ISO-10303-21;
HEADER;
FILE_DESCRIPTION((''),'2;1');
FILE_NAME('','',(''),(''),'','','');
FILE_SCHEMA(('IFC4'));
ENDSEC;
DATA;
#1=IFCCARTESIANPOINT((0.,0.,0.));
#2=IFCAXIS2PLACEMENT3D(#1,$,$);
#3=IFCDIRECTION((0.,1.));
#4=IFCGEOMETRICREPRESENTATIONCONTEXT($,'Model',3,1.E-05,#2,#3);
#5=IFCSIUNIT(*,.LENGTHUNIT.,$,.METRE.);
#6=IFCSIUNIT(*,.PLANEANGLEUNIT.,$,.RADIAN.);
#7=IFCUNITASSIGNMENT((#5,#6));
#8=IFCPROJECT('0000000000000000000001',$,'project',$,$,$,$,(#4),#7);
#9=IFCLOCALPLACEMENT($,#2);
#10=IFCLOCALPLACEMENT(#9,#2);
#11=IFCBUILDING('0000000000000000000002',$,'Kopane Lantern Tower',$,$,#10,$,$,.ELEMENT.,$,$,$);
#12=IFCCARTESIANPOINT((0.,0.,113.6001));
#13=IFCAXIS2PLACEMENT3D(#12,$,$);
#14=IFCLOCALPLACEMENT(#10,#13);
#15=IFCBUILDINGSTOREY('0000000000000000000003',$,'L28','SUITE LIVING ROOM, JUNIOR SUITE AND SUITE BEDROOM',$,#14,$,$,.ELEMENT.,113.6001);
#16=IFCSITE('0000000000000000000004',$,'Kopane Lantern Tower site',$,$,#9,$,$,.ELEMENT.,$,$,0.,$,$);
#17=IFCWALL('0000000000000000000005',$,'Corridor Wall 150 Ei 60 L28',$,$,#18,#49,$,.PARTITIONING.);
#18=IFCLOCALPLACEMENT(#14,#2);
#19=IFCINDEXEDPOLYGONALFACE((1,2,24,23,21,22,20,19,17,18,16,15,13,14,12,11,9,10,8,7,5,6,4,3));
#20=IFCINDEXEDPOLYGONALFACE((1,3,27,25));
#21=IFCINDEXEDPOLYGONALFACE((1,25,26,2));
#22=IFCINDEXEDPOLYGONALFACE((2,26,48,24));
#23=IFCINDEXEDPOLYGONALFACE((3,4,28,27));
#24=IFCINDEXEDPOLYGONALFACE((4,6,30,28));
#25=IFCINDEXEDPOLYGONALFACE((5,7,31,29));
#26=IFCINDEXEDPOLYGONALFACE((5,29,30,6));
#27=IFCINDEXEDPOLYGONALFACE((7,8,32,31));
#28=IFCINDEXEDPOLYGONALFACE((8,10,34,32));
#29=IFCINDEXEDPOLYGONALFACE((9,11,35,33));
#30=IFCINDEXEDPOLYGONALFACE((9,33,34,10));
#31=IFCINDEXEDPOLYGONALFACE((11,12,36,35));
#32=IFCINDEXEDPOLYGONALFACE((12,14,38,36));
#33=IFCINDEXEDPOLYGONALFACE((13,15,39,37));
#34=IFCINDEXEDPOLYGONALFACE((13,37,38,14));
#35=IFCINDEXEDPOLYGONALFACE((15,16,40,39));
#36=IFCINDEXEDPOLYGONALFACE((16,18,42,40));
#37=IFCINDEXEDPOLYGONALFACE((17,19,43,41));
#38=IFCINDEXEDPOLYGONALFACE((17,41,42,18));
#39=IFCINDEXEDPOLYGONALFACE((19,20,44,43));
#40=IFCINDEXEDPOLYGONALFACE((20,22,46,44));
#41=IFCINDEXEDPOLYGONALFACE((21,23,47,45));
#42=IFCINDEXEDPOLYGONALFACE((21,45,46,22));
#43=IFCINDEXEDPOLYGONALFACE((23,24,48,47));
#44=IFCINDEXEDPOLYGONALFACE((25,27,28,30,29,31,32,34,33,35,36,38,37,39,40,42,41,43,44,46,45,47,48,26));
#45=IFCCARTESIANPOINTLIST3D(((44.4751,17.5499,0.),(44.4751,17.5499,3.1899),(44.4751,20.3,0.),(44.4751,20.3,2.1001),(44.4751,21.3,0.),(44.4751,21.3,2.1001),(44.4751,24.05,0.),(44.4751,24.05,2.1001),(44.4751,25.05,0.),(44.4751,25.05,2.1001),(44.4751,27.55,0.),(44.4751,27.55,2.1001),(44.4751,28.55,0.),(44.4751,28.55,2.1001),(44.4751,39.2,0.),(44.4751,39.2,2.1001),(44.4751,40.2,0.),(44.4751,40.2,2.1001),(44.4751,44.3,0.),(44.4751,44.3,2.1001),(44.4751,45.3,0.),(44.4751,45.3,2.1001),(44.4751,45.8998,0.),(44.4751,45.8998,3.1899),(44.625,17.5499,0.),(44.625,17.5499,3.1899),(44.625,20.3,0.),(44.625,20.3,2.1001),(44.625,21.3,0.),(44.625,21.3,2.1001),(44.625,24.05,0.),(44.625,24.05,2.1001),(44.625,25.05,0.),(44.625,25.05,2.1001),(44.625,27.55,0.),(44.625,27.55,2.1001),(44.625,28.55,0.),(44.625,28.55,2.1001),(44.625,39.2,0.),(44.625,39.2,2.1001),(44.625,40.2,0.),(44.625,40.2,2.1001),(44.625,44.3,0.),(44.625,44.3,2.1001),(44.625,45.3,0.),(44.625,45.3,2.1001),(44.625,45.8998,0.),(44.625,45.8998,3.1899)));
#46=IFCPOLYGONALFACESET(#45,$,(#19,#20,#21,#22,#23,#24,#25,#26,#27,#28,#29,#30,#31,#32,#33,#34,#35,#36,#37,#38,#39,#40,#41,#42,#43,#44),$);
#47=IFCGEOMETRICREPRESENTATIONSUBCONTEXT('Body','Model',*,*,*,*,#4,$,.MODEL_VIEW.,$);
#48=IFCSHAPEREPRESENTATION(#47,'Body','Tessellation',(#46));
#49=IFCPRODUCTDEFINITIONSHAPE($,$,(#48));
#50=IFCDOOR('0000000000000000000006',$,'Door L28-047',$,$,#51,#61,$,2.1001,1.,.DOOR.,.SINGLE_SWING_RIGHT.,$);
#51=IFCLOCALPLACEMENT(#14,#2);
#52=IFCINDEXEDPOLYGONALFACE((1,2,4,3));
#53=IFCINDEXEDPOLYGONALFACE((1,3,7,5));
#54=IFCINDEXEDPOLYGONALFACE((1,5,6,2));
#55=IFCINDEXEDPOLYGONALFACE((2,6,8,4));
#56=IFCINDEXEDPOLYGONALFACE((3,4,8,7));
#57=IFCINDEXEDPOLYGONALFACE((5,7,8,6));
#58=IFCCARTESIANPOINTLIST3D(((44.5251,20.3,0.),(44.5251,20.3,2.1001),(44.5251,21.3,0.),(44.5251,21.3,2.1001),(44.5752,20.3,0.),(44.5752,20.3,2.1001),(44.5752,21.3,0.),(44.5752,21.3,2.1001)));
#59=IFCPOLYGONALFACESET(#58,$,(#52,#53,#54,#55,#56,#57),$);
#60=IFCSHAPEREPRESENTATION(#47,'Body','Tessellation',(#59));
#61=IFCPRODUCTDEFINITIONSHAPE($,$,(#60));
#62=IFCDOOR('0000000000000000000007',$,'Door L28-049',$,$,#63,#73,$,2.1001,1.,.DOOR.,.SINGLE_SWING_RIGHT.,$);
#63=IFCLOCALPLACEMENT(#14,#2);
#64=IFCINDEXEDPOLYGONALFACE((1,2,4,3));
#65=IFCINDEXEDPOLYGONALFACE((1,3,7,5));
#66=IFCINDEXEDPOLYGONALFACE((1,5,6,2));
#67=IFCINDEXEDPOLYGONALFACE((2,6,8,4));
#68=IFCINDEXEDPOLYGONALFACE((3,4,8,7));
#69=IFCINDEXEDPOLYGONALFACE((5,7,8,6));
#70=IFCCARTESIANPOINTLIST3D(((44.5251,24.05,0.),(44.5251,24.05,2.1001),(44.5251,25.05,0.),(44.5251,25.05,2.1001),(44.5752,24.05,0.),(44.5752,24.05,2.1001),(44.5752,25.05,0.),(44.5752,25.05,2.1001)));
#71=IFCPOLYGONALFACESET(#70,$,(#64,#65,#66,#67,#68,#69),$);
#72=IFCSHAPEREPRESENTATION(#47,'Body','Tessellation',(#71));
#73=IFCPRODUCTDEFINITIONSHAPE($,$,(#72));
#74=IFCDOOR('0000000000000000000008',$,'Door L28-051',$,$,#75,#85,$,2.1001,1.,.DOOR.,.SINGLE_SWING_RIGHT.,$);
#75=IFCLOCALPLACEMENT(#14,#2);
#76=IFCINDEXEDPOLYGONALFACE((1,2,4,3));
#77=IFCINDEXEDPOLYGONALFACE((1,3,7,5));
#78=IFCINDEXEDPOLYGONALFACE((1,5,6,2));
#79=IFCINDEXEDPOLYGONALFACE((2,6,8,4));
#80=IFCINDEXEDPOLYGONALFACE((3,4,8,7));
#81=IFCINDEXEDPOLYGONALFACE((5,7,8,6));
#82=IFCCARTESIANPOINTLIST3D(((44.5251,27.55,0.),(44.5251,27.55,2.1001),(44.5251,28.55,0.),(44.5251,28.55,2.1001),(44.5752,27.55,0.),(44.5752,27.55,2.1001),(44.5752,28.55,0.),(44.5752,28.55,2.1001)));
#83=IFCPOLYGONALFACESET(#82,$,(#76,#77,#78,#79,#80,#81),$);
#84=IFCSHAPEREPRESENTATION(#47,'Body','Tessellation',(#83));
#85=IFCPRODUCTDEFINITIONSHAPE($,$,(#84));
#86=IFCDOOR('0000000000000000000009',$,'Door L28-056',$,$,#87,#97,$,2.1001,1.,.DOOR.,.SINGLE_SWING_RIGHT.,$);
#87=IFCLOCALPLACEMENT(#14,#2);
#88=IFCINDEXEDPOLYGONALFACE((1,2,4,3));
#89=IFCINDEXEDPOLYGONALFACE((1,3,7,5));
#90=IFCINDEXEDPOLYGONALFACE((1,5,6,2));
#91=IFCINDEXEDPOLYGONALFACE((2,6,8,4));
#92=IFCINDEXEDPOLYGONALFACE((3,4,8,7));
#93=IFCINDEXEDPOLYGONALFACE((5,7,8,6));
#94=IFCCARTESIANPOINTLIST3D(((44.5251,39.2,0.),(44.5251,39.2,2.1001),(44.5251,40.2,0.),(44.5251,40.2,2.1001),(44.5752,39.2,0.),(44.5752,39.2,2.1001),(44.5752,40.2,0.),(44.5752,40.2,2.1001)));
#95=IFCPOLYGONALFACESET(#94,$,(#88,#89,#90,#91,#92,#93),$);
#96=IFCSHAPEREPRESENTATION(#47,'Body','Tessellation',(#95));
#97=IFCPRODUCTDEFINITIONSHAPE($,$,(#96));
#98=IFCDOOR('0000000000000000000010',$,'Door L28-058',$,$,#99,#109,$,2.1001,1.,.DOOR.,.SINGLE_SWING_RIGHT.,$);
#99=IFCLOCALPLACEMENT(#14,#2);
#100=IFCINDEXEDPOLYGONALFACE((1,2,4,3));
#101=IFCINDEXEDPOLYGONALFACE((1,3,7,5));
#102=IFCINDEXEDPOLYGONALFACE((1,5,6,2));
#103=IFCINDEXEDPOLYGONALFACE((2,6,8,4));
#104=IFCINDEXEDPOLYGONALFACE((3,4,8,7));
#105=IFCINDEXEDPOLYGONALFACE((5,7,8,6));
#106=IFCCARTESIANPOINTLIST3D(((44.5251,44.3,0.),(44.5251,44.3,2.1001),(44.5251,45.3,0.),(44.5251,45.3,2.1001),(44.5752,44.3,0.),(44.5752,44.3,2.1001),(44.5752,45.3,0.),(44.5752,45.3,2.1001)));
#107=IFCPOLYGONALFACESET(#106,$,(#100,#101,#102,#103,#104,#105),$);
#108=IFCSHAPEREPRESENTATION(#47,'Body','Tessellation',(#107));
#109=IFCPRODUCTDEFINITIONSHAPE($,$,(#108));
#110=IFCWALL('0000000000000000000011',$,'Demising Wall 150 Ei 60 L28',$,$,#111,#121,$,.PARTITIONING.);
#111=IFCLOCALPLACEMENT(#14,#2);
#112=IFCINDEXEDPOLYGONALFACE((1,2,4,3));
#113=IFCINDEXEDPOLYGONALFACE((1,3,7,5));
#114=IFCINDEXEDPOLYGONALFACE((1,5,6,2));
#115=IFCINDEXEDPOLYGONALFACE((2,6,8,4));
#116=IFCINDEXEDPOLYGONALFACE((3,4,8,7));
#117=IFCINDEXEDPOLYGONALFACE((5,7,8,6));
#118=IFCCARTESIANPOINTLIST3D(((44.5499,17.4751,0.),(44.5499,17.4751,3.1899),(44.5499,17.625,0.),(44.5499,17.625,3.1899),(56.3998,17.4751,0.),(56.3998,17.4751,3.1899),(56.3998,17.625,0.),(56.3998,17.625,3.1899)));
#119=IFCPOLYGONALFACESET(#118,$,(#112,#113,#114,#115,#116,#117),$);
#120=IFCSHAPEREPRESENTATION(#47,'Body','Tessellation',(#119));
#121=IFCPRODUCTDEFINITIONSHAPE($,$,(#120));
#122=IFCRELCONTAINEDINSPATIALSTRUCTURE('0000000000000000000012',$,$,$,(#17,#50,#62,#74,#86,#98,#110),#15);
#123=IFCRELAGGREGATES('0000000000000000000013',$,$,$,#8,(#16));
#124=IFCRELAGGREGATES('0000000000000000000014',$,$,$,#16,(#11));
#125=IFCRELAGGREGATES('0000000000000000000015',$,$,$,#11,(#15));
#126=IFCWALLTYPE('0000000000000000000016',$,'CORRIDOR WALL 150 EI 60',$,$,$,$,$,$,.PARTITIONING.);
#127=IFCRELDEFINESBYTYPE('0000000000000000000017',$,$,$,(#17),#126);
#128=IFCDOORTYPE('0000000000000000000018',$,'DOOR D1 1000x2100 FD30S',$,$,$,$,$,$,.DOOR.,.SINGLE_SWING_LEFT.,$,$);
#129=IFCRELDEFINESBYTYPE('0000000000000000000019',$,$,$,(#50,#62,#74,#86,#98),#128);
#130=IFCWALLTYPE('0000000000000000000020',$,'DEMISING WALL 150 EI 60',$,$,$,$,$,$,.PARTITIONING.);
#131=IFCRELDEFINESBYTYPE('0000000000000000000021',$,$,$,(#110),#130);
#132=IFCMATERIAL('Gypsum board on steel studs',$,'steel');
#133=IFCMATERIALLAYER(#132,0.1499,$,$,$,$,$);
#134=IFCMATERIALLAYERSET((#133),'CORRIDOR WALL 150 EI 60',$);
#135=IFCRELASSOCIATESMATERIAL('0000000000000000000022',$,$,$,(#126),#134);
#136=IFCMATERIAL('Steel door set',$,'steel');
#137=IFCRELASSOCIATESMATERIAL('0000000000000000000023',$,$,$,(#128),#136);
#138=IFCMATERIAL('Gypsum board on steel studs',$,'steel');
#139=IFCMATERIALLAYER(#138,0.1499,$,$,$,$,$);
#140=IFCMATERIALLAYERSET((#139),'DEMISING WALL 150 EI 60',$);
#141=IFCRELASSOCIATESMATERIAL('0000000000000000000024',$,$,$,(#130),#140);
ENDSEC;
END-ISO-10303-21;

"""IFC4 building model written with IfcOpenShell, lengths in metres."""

from ifc_helpers import new_model, si_unit, direction, frame, frame_2d, origin, place, context, subcontext, project, spatial, rectangle, extrude, material, layer, layer_set, type_object, element, fill, save


model = new_model("IFC4")

# Units and contexts
model_context = context("Model", 3, precision=1e-05, world=origin(), true_north=direction((0.0, 1.0)))
body_context = subcontext(model_context, "Body", "Model", "MODEL_VIEW")
ifc_project = project(units=[si_unit("LENGTHUNIT", "METRE"), si_unit("PLANEANGLEUNIT", "RADIAN")], contexts=[model_context])

# Site, building, storey
site_placement = place(None, origin())
site = spatial("IfcSite", under=ifc_project, at=site_placement, Name="Kopane Lantern Tower site", CompositionType="ELEMENT", RefElevation=0.0)
building_placement = place(site_placement, origin())
building = spatial("IfcBuilding", under=site, at=building_placement, Name="Kopane Lantern Tower", CompositionType="ELEMENT")
storey_placement = place(building_placement, frame((0.0, 0.0, 113.6001)))
storey = spatial("IfcBuildingStorey", under=building, at=storey_placement, Name="L28", Description="SUITE LIVING ROOM, JUNIOR SUITE AND SUITE BEDROOM", CompositionType="ELEMENT", Elevation=113.6001)

# Wall, openings, doors
ifc_material_1 = material(Name="Gypsum board on steel studs", Category="steel")
ifc_layer_1 = layer(ifc_material_1, 0.1499)
ifc_layer_set_1 = layer_set([ifc_layer_1], Name="CORRIDOR WALL 150 EI 60")
wall_type_1 = type_object("IfcWallType", Name="CORRIDOR WALL 150 EI 60", PredefinedType="PARTITIONING", material=ifc_layer_set_1)
wall_1_placement = place(storey_placement, frame((44.55, 17.55, 0.0), z_axis=(0.0, 0.0, 1.0), x_axis=(0.0, 1.0, 0.0)))
wall_1 = element("IfcWall", 1, at=wall_1_placement, inside=storey, type_object=wall_type_1, Name="Corridor Wall 150 Ei 60 L28", PredefinedType="PARTITIONING", context=body_context, shape_type="SweptSolid", body=[
    extrude(rectangle(XDim=28.3499, YDim=0.1499, at=frame_2d((14.1748, 0.0))), origin(), (0.0, 0.0, 1.0), 3.1899),
])
opening_1_placement = place(wall_1_placement, frame((2.75, 0.0, 0.0)))
opening_1 = element("IfcOpeningElement", 2, at=opening_1_placement, cuts=wall_1, PredefinedType="OPENING", context=body_context, shape_type="SweptSolid", body=[
    extrude(rectangle(XDim=1.0, YDim=2.1001, at=frame_2d((0.5, 1.05))), frame((0.0, 0.085, 0.0), z_axis=(0.0, -1.0, 0.0), x_axis=(1.0, 0.0, 0.0)), (0.0, 0.0, 1.0), 0.1699),
])
opening_2_placement = place(wall_1_placement, frame((6.5, 0.0, 0.0)))
opening_2 = element("IfcOpeningElement", 3, at=opening_2_placement, cuts=wall_1, PredefinedType="OPENING", context=body_context, shape_type="SweptSolid", body=[
    extrude(rectangle(XDim=1.0, YDim=2.1001, at=frame_2d((0.5, 1.05))), frame((0.0, 0.085, 0.0), z_axis=(0.0, -1.0, 0.0), x_axis=(1.0, 0.0, 0.0)), (0.0, 0.0, 1.0), 0.1699),
])
opening_3_placement = place(wall_1_placement, frame((10.0, 0.0, 0.0)))
opening_3 = element("IfcOpeningElement", 4, at=opening_3_placement, cuts=wall_1, PredefinedType="OPENING", context=body_context, shape_type="SweptSolid", body=[
    extrude(rectangle(XDim=1.0, YDim=2.1001, at=frame_2d((0.5, 1.05))), frame((0.0, 0.085, 0.0), z_axis=(0.0, -1.0, 0.0), x_axis=(1.0, 0.0, 0.0)), (0.0, 0.0, 1.0), 0.1699),
])
opening_4_placement = place(wall_1_placement, frame((21.6499, 0.0, 0.0)))
opening_4 = element("IfcOpeningElement", 5, at=opening_4_placement, cuts=wall_1, PredefinedType="OPENING", context=body_context, shape_type="SweptSolid", body=[
    extrude(rectangle(XDim=1.0, YDim=2.1001, at=frame_2d((0.5, 1.05))), frame((0.0, 0.085, 0.0), z_axis=(0.0, -1.0, 0.0), x_axis=(1.0, 0.0, 0.0)), (0.0, 0.0, 1.0), 0.1699),
])
opening_5_placement = place(wall_1_placement, frame((26.75, 0.0, 0.0)))
opening_5 = element("IfcOpeningElement", 6, at=opening_5_placement, cuts=wall_1, PredefinedType="OPENING", context=body_context, shape_type="SweptSolid", body=[
    extrude(rectangle(XDim=1.0, YDim=2.1001, at=frame_2d((0.5, 1.05))), frame((0.0, 0.085, 0.0), z_axis=(0.0, -1.0, 0.0), x_axis=(1.0, 0.0, 0.0)), (0.0, 0.0, 1.0), 0.1699),
])
ifc_material_2 = material(Name="Steel door set", Category="steel")
door_type_1 = type_object("IfcDoorType", Name="DOOR D1 1000x2100 FD30S", OperationType="SINGLE_SWING_LEFT", PredefinedType="DOOR", material=ifc_material_2)
door_1_placement = place(opening_1_placement, origin())
door_1 = element("IfcDoor", 7, at=door_1_placement, inside=storey, type_object=door_type_1, Name="Door L28-047", OperationType="SINGLE_SWING_RIGHT", OverallHeight=2.1001, OverallWidth=1.0, PredefinedType="DOOR", context=body_context, shape_type="SweptSolid", body=[
    extrude(rectangle(XDim=1.0, YDim=2.1001, at=frame_2d((0.5, 1.05))), frame((0.0, 0.0249, 0.0), z_axis=(0.0, -1.0, 0.0), x_axis=(1.0, 0.0, 0.0)), (0.0, 0.0, 1.0), 0.05),
])
fill(opening_1, door_1)
door_2_placement = place(opening_2_placement, origin())
door_2 = element("IfcDoor", 8, at=door_2_placement, inside=storey, type_object=door_type_1, Name="Door L28-049", OperationType="SINGLE_SWING_RIGHT", OverallHeight=2.1001, OverallWidth=1.0, PredefinedType="DOOR", context=body_context, shape_type="SweptSolid", body=[
    extrude(rectangle(XDim=1.0, YDim=2.1001, at=frame_2d((0.5, 1.05))), frame((0.0, 0.0249, 0.0), z_axis=(0.0, -1.0, 0.0), x_axis=(1.0, 0.0, 0.0)), (0.0, 0.0, 1.0), 0.05),
])
fill(opening_2, door_2)
door_3_placement = place(opening_3_placement, origin())
door_3 = element("IfcDoor", 9, at=door_3_placement, inside=storey, type_object=door_type_1, Name="Door L28-051", OperationType="SINGLE_SWING_RIGHT", OverallHeight=2.1001, OverallWidth=1.0, PredefinedType="DOOR", context=body_context, shape_type="SweptSolid", body=[
    extrude(rectangle(XDim=1.0, YDim=2.1001, at=frame_2d((0.5, 1.05))), frame((0.0, 0.0249, 0.0), z_axis=(0.0, -1.0, 0.0), x_axis=(1.0, 0.0, 0.0)), (0.0, 0.0, 1.0), 0.05),
])
fill(opening_3, door_3)
door_4_placement = place(opening_4_placement, origin())
door_4 = element("IfcDoor", 10, at=door_4_placement, inside=storey, type_object=door_type_1, Name="Door L28-056", OperationType="SINGLE_SWING_RIGHT", OverallHeight=2.1001, OverallWidth=1.0, PredefinedType="DOOR", context=body_context, shape_type="SweptSolid", body=[
    extrude(rectangle(XDim=1.0, YDim=2.1001, at=frame_2d((0.5, 1.05))), frame((0.0, 0.0249, 0.0), z_axis=(0.0, -1.0, 0.0), x_axis=(1.0, 0.0, 0.0)), (0.0, 0.0, 1.0), 0.05),
])
fill(opening_4, door_4)
door_5_placement = place(opening_5_placement, origin())
door_5 = element("IfcDoor", 11, at=door_5_placement, inside=storey, type_object=door_type_1, Name="Door L28-058", OperationType="SINGLE_SWING_RIGHT", OverallHeight=2.1001, OverallWidth=1.0, PredefinedType="DOOR", context=body_context, shape_type="SweptSolid", body=[
    extrude(rectangle(XDim=1.0, YDim=2.1001, at=frame_2d((0.5, 1.05))), frame((0.0, 0.0249, 0.0), z_axis=(0.0, -1.0, 0.0), x_axis=(1.0, 0.0, 0.0)), (0.0, 0.0, 1.0), 0.05),
])
fill(opening_5, door_5)

# Wall
ifc_material_3 = material(Name="Gypsum board on steel studs", Category="steel")
ifc_layer_2 = layer(ifc_material_3, 0.1499)
ifc_layer_set_2 = layer_set([ifc_layer_2], Name="DEMISING WALL 150 EI 60")
wall_type_2 = type_object("IfcWallType", Name="DEMISING WALL 150 EI 60", PredefinedType="PARTITIONING", material=ifc_layer_set_2)
wall_2_placement = place(storey_placement, frame((44.55, 17.55, 0.0), z_axis=(0.0, 0.0, 1.0), x_axis=(1.0, 0.0, 0.0)))
element("IfcWall", 12, at=wall_2_placement, inside=storey, type_object=wall_type_2, Name="Demising Wall 150 Ei 60 L28", PredefinedType="PARTITIONING", context=body_context, shape_type="SweptSolid", body=[
    extrude(rectangle(XDim=11.8499, YDim=0.1499, at=frame_2d((5.9248, 0.0))), origin(), (0.0, 0.0, 1.0), 3.1899),
])

save(model, "model.ifc")
